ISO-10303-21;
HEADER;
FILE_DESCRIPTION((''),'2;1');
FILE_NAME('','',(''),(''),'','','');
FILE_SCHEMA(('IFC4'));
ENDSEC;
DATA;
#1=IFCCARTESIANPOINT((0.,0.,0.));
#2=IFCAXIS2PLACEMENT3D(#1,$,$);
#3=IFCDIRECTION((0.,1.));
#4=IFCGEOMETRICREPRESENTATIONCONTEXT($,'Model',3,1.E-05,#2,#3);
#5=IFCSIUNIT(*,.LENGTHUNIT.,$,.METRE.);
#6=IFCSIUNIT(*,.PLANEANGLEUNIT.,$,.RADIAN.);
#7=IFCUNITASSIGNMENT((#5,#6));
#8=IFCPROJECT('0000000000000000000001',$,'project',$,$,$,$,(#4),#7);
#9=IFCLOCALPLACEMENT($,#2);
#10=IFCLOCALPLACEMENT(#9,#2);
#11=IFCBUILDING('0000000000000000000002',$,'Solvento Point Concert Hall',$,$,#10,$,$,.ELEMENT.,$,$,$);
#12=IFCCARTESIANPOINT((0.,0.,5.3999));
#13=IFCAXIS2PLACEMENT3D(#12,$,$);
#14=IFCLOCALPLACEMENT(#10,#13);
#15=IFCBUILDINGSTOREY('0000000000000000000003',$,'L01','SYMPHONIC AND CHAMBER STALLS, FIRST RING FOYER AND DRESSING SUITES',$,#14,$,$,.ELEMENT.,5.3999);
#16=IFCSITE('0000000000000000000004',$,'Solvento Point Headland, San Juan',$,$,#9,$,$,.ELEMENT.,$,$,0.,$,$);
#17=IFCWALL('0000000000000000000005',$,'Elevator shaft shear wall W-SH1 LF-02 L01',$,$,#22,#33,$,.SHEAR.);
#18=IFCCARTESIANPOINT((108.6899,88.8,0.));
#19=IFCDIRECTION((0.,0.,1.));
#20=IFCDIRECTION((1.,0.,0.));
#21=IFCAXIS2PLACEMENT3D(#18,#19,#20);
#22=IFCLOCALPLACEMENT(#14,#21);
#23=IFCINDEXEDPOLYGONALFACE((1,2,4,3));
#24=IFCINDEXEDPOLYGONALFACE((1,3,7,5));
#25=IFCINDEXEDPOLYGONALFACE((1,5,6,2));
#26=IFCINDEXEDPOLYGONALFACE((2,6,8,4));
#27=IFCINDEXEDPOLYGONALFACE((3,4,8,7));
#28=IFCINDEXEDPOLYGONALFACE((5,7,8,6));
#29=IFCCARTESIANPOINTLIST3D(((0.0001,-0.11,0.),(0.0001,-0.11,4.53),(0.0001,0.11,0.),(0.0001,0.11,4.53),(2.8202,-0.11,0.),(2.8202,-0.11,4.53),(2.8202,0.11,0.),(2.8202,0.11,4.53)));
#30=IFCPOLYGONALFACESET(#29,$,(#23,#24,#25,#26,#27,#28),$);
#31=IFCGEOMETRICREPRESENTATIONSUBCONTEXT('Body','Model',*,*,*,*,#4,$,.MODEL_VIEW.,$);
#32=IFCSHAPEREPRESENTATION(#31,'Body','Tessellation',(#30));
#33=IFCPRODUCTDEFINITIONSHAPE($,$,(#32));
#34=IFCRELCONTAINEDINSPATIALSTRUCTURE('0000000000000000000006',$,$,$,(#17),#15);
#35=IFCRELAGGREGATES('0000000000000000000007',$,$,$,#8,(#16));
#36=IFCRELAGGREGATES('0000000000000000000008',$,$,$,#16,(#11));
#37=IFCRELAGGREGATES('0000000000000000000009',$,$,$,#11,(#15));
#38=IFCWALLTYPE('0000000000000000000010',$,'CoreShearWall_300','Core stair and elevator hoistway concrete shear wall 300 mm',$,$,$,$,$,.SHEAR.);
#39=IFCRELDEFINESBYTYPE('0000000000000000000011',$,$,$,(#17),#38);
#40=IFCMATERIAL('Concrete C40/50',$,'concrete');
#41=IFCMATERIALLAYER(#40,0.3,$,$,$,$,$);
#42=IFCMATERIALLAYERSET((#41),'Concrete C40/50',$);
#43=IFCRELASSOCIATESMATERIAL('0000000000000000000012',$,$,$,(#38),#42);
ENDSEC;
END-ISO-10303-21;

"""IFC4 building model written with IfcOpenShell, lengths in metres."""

from ifc_helpers import new_model, si_unit, direction, frame, frame_2d, origin, place, context, subcontext, project, spatial, rectangle, extrude, material, layer, layer_set, type_object, element, save


model = new_model("IFC4")

# Units and contexts
model_context = context("Model", 3, precision=1e-05, world=origin(), true_north=direction((0.0, 1.0)))
body_context = subcontext(model_context, "Body", "Model", "MODEL_VIEW")
ifc_project = project(units=[si_unit("LENGTHUNIT", "METRE"), si_unit("PLANEANGLEUNIT", "RADIAN")], contexts=[model_context])

# Site, building, storey
site_placement = place(None, origin())
site = spatial("IfcSite", under=ifc_project, at=site_placement, Name="Solvento Point Headland, San Juan", CompositionType="ELEMENT", RefElevation=0.0)
building_placement = place(site_placement, origin())
building = spatial("IfcBuilding", under=site, at=building_placement, Name="Solvento Point Concert Hall", CompositionType="ELEMENT")
storey_placement = place(building_placement, frame((0.0, 0.0, 5.3999)))
storey = spatial("IfcBuildingStorey", under=building, at=storey_placement, Name="L01", Description="SYMPHONIC AND CHAMBER STALLS, FIRST RING FOYER AND DRESSING SUITES", CompositionType="ELEMENT", Elevation=5.3999)

# Wall
ifc_material_1 = material(Name="Concrete C40/50", Category="concrete")
ifc_layer_1 = layer(ifc_material_1, 0.3)
ifc_layer_set_1 = layer_set([ifc_layer_1], Name="Concrete C40/50")
wall_type_1 = type_object("IfcWallType", Name="CoreShearWall_300", Description="Core stair and elevator hoistway concrete shear wall 300 mm", PredefinedType="SHEAR", material=ifc_layer_set_1)
wall_1_placement = place(storey_placement, frame((108.6899, 88.8, 0.0), z_axis=(0.0, 0.0, 1.0), x_axis=(1.0, 0.0, 0.0)))
element("IfcWall", 1, at=wall_1_placement, inside=storey, type_object=wall_type_1, Name="Elevator shaft shear wall W-SH1 LF-02 L01", PredefinedType="SHEAR", context=body_context, shape_type="SweptSolid", body=[
    extrude(rectangle(XDim=2.8201, YDim=0.22, at=frame_2d((1.4102, 0.0))), origin(), (0.0, 0.0, 1.0), 4.53),
])

save(model, "model.ifc")
